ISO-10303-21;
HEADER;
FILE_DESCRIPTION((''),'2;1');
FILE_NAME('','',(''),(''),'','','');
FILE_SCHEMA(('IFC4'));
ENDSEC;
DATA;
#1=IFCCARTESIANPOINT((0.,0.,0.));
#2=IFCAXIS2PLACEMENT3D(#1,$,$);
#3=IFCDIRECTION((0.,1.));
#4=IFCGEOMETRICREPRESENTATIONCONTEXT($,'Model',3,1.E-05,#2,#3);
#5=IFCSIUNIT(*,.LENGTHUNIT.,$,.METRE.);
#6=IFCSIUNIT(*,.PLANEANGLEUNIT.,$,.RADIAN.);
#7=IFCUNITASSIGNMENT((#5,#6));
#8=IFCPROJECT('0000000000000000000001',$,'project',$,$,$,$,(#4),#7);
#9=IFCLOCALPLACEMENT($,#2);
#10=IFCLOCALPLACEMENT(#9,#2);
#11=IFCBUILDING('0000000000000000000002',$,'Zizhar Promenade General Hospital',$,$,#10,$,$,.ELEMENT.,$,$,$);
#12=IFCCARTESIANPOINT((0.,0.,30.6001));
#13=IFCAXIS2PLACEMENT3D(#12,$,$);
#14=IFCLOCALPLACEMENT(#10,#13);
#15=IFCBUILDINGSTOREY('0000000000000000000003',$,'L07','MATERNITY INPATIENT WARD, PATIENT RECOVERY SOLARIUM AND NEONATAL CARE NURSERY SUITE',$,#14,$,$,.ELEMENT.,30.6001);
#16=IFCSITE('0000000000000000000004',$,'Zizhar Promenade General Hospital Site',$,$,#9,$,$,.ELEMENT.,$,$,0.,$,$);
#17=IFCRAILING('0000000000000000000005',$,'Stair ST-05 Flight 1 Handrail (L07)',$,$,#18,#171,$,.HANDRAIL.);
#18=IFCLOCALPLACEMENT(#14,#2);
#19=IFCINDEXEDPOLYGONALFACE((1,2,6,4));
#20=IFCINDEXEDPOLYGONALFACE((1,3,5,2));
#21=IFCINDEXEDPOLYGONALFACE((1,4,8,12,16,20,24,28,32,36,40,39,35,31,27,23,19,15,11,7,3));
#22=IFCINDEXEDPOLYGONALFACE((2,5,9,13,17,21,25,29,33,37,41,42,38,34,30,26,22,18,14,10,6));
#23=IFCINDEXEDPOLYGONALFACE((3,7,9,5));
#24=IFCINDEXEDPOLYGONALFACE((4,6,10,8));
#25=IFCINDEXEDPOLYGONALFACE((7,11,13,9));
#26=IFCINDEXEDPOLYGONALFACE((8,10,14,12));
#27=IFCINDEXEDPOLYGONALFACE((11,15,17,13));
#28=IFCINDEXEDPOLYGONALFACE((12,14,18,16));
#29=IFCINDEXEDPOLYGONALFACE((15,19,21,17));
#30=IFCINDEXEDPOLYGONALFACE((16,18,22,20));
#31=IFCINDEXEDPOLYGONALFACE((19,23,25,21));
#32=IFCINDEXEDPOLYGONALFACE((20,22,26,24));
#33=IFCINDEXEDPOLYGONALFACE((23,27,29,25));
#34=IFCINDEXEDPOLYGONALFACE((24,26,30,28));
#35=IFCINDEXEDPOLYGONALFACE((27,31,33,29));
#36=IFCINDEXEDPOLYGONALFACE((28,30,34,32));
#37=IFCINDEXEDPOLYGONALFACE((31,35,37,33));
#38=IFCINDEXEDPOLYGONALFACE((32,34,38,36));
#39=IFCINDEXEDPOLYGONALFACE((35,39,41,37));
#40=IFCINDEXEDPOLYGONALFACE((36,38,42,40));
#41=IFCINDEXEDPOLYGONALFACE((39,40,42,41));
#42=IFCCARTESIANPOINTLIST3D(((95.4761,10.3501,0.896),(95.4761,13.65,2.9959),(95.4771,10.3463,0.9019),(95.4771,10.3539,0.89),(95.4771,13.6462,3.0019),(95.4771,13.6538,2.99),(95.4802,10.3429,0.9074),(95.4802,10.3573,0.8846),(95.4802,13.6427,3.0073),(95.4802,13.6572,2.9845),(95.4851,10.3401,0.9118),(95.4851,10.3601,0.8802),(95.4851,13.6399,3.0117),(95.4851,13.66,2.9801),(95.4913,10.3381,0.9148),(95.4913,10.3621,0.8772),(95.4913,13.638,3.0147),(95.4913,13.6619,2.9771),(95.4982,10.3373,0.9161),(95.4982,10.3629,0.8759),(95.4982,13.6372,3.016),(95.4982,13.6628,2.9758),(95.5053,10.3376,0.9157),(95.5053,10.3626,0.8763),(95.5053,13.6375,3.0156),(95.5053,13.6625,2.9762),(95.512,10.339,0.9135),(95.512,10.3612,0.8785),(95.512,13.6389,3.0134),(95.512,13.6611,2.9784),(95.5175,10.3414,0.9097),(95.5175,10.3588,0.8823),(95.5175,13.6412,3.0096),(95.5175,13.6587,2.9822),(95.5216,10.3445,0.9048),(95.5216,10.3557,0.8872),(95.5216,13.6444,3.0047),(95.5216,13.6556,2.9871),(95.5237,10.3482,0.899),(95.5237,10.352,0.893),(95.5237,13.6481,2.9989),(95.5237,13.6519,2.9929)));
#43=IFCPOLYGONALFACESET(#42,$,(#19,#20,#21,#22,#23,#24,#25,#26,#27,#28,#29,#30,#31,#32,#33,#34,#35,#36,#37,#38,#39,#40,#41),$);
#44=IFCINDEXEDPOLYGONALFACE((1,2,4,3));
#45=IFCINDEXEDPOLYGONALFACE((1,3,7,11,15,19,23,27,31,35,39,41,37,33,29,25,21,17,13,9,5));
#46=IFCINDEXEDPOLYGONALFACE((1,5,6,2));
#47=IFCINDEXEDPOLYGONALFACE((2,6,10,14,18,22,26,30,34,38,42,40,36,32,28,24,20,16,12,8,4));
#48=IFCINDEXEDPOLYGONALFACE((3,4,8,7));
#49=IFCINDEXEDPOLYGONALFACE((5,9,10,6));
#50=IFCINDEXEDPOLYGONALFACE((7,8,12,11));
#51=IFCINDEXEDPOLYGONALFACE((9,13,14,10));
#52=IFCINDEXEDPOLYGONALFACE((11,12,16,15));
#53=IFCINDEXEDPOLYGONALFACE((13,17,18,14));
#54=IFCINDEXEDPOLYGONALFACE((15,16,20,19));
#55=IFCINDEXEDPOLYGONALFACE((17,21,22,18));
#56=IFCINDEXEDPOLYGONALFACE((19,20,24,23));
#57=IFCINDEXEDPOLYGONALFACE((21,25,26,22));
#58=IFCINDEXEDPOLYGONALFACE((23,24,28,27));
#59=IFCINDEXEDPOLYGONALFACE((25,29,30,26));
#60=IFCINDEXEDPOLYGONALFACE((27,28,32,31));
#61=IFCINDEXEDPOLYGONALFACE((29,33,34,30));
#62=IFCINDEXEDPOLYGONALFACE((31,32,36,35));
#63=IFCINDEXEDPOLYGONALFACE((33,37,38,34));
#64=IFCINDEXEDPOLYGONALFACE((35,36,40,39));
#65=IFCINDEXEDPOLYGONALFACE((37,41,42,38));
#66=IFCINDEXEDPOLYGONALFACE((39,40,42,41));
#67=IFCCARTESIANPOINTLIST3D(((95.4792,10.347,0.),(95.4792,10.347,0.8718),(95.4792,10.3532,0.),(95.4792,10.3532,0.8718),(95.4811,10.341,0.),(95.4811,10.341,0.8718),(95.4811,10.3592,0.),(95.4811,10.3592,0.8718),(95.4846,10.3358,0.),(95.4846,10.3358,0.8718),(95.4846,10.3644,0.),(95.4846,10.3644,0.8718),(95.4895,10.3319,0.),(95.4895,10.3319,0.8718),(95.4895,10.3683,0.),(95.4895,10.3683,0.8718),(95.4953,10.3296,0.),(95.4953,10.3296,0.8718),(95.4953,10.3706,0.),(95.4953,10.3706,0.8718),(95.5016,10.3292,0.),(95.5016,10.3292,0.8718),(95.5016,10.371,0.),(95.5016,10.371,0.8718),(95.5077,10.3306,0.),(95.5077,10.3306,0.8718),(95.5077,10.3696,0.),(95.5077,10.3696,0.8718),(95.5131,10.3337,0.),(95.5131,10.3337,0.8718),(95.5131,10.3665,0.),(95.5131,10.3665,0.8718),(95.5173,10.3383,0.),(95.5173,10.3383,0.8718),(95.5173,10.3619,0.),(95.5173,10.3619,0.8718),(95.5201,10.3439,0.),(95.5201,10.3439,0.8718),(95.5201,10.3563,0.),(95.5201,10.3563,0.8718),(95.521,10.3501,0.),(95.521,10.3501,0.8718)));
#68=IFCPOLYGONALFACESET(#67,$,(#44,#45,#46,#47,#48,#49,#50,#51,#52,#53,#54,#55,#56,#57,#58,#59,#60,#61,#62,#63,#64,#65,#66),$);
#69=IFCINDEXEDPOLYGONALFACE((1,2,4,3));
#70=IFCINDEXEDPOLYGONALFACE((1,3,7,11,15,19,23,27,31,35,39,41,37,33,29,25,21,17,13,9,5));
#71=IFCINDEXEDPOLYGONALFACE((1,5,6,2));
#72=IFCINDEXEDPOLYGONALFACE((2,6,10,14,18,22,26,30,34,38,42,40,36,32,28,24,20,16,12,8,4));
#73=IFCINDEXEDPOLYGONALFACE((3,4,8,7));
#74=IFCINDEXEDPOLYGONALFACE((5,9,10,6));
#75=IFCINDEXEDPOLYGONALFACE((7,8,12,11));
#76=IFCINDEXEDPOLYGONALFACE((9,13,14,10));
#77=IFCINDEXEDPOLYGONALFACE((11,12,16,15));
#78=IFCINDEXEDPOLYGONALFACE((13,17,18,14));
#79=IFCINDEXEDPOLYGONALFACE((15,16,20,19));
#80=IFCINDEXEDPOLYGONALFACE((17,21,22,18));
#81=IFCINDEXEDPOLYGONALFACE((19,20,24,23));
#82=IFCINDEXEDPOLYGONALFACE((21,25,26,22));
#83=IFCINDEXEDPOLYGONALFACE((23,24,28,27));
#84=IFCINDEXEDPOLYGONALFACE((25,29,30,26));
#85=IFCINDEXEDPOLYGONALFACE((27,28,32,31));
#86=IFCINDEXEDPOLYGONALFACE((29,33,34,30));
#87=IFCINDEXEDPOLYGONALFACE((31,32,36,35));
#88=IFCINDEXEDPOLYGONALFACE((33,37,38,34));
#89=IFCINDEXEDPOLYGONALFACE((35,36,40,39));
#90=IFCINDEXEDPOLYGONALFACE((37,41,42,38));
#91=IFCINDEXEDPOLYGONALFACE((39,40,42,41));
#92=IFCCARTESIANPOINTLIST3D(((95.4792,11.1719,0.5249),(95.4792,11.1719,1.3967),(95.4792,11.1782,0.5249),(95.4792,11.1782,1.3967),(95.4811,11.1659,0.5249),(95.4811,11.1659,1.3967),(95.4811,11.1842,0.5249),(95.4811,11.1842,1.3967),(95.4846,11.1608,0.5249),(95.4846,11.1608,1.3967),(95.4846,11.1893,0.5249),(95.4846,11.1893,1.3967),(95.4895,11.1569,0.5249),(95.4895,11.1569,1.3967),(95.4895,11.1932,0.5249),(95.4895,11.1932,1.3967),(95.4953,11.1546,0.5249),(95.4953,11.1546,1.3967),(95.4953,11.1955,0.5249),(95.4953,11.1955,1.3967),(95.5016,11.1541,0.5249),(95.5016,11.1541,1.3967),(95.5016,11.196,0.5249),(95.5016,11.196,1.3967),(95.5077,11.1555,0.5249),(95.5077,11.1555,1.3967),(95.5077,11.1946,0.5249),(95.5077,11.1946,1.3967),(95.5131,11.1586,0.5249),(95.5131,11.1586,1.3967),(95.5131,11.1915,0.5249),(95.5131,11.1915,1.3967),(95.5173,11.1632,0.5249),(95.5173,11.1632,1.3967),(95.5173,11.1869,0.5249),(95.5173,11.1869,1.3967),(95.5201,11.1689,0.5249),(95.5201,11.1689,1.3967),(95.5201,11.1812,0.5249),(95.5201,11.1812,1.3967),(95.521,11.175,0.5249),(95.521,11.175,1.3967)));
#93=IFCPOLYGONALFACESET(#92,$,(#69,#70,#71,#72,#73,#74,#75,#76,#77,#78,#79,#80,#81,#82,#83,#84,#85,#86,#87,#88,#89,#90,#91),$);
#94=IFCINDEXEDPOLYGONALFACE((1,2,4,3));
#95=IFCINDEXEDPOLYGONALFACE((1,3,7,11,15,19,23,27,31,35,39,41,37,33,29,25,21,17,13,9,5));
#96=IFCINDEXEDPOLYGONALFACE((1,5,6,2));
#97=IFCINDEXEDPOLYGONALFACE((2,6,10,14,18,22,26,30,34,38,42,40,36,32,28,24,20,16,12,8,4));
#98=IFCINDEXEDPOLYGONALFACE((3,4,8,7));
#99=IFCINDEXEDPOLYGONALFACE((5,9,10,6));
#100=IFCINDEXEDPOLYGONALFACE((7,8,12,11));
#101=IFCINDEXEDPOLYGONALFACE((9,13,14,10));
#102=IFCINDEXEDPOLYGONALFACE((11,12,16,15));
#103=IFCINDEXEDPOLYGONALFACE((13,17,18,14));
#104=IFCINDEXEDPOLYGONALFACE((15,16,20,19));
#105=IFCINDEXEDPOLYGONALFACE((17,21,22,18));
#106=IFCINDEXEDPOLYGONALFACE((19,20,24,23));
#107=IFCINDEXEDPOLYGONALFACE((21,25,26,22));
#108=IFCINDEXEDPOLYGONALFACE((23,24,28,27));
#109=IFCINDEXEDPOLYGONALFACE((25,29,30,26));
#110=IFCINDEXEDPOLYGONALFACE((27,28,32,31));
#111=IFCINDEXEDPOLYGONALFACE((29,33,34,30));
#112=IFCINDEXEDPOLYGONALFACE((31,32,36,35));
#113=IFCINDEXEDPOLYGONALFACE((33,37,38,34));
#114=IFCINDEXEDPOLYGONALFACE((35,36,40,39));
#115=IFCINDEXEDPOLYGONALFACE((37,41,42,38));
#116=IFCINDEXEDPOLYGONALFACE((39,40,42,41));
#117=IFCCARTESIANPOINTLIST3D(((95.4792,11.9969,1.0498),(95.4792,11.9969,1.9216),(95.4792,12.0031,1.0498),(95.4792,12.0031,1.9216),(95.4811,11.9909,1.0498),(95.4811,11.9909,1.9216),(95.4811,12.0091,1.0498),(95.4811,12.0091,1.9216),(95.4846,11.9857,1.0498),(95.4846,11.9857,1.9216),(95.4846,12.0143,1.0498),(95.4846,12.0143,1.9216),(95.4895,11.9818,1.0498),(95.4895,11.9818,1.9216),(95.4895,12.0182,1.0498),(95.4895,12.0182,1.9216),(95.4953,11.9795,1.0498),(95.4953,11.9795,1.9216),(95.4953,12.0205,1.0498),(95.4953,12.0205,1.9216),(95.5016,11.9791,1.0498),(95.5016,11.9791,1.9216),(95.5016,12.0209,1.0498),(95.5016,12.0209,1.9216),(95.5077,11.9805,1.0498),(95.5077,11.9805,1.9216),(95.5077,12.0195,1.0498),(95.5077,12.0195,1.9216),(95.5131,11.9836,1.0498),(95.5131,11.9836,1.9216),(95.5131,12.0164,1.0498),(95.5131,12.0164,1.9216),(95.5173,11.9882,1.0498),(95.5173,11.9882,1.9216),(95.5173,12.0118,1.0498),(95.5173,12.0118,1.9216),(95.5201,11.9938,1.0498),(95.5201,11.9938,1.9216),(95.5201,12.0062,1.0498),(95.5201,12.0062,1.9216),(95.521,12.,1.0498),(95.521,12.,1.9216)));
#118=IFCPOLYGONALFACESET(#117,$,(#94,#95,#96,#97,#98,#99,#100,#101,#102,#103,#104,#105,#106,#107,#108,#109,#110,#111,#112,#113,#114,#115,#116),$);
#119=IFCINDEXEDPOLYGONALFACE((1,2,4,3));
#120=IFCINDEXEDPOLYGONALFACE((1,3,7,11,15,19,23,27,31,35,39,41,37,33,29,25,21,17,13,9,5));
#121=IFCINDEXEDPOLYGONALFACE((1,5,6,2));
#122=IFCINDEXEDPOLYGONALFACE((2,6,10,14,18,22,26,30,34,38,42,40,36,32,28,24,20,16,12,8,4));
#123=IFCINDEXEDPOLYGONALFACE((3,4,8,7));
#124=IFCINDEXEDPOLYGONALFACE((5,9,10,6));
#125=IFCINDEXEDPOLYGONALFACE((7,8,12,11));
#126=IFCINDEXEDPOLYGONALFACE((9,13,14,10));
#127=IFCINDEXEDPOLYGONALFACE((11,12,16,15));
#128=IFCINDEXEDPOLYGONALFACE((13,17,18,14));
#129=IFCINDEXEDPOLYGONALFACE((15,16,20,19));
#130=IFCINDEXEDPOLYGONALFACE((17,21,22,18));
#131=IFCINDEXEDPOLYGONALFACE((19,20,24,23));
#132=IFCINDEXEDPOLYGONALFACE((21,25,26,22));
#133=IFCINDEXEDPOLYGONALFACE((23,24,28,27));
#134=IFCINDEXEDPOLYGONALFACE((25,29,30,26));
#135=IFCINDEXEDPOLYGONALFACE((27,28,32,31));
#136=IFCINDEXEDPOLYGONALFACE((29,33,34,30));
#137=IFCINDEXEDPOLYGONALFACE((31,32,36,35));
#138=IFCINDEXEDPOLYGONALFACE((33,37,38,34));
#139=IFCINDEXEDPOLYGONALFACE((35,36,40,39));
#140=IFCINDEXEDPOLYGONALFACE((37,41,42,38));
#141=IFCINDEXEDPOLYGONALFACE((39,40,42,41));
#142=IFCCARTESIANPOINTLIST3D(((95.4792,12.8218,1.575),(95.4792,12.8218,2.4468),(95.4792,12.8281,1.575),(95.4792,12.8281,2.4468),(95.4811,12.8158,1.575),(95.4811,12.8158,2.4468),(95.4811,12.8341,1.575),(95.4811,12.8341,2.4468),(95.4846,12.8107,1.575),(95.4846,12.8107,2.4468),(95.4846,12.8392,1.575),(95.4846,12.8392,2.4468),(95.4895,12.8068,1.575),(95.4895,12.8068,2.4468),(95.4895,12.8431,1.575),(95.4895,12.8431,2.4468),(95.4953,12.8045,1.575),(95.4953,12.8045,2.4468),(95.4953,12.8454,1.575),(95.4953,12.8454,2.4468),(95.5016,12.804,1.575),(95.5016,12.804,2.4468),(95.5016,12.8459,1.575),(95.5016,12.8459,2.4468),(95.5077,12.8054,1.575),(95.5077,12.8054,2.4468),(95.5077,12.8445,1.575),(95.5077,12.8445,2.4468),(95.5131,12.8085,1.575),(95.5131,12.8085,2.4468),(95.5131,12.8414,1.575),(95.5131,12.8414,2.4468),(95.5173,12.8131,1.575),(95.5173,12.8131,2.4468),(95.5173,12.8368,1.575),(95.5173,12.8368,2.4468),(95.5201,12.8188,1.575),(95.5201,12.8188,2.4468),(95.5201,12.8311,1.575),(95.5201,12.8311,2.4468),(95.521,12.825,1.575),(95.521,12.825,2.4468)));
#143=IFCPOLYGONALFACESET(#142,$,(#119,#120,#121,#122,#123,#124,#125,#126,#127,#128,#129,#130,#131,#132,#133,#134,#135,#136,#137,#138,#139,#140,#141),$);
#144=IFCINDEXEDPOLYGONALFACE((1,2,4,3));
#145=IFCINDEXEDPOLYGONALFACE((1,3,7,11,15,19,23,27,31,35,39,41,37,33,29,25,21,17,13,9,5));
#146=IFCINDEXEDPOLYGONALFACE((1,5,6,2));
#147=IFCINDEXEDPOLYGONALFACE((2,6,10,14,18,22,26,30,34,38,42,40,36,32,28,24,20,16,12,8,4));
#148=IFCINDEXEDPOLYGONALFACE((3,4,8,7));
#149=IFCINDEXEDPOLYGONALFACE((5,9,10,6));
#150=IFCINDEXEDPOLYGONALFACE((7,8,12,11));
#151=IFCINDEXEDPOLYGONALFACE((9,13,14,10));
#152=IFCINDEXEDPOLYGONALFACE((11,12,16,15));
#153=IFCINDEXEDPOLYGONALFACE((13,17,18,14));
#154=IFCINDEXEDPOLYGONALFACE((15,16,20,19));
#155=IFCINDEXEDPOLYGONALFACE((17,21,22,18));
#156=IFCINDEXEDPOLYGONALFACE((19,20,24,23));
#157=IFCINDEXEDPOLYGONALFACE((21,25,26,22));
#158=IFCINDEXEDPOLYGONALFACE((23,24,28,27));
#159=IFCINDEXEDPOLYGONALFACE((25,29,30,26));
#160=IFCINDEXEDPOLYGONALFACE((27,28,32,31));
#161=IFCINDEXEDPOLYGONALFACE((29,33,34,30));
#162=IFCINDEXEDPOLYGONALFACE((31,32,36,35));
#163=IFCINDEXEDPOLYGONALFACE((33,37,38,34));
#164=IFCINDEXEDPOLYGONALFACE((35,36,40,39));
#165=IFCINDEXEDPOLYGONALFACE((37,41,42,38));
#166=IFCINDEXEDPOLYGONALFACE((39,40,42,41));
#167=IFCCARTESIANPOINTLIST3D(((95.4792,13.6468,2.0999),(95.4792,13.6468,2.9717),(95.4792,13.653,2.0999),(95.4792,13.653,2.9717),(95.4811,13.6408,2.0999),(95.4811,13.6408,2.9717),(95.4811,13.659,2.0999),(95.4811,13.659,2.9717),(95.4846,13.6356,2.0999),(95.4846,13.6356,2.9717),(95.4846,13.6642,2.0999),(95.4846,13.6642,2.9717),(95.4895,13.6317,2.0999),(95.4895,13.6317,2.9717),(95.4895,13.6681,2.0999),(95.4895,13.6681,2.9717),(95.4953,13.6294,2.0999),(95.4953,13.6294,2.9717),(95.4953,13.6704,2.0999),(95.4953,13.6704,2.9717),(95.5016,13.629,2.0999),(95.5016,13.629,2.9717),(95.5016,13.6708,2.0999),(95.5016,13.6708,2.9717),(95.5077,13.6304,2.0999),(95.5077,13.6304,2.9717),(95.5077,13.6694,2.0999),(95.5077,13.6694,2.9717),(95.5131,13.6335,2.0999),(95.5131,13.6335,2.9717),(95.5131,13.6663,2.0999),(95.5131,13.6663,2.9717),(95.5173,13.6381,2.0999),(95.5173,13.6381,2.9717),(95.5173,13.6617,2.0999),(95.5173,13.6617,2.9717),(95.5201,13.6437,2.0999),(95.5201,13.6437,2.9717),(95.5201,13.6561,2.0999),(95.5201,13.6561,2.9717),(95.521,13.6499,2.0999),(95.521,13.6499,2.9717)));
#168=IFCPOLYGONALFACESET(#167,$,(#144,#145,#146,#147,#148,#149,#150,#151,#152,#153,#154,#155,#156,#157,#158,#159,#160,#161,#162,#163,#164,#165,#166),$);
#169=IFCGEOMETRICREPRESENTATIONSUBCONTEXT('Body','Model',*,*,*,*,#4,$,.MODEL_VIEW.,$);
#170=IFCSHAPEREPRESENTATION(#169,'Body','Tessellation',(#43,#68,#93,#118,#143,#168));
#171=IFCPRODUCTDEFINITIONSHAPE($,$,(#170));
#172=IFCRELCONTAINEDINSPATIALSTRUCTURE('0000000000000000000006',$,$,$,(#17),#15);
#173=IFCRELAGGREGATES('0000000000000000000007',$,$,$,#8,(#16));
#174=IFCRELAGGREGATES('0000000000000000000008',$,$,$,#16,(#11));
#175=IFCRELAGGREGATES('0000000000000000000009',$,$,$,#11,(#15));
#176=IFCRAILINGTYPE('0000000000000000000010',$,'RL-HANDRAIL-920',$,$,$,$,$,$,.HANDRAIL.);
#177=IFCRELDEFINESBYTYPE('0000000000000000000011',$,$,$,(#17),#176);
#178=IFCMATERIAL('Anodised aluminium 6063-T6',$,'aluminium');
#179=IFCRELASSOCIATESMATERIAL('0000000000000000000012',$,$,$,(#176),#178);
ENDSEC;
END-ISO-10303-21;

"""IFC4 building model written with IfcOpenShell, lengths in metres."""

from ifc_helpers import new_model, si_unit, direction, frame, origin, origin_2d, place, context, subcontext, project, spatial, circle, hollow_circle, extrude, material, material_profile, profile_set, type_object, element, save


model = new_model("IFC4")

# Units and contexts
model_context = context("Model", 3, precision=1e-05, world=origin(), true_north=direction((0.0, 1.0)))
body_context = subcontext(model_context, "Body", "Model", "MODEL_VIEW")
ifc_project = project(units=[si_unit("LENGTHUNIT", "METRE"), si_unit("PLANEANGLEUNIT", "RADIAN")], contexts=[model_context])

# Site, building, storey
site_placement = place(None, origin())
site = spatial("IfcSite", under=ifc_project, at=site_placement, Name="Zizhar Promenade General Hospital Site", CompositionType="ELEMENT", RefElevation=0.0)
building_placement = place(site_placement, origin())
building = spatial("IfcBuilding", under=site, at=building_placement, Name="Zizhar Promenade General Hospital", CompositionType="ELEMENT")
storey_placement = place(building_placement, frame((0.0, 0.0, 30.6001)))
storey = spatial("IfcBuildingStorey", under=building, at=storey_placement, Name="L07", Description="MATERNITY INPATIENT WARD, PATIENT RECOVERY SOLARIUM AND NEONATAL CARE NURSERY SUITE", CompositionType="ELEMENT", Elevation=30.6001)

# Railing
ifc_material_1 = material(Name="Anodised aluminium 6063-T6", Category="aluminium")
ifc_material_profile_1 = material_profile(ifc_material_1, hollow_circle(Radius=0.0698, WallThickness=0.0063, at=origin_2d()))
ifc_profile_set_1 = profile_set([ifc_material_profile_1], Name="Anodised aluminium 6063-T6")
railing_type_1 = type_object("IfcRailingType", Name="RL-HANDRAIL-920", PredefinedType="HANDRAIL", material=ifc_profile_set_1)
railing_1_placement = place(storey_placement, frame((95.5, 10.3501, 0.0)))
element("IfcRailing", 1, at=railing_1_placement, inside=storey, type_object=railing_type_1, Name="Stair ST-05 Flight 1 Handrail (L07)", PredefinedType="HANDRAIL", context=body_context, shape_type="SweptSolid", body=[
    extrude(circle(Radius=0.0239, at=origin_2d()), frame((0.0, 0.0, 0.896), z_axis=(0.0, 0.843664, 0.536871), x_axis=(-1.0, 0.0, 0.0)), (0.0, 0.0, 1.0), 3.9114),
    extrude(circle(Radius=0.021, at=origin_2d()), origin(), (0.0, 0.0, 1.0), 0.8718),
    extrude(circle(Radius=0.021, at=origin_2d()), frame((0.0, 0.825, 0.5249)), (0.0, 0.0, 1.0), 0.8718),
    extrude(circle(Radius=0.021, at=origin_2d()), frame((0.0, 1.6499, 1.0498)), (0.0, 0.0, 1.0), 0.8718),
    extrude(circle(Radius=0.021, at=origin_2d()), frame((0.0, 2.4749, 1.575)), (0.0, 0.0, 1.0), 0.8718),
    extrude(circle(Radius=0.021, at=origin_2d()), frame((0.0, 3.2998, 2.0999)), (0.0, 0.0, 1.0), 0.8718),
])

save(model, "model.ifc")
